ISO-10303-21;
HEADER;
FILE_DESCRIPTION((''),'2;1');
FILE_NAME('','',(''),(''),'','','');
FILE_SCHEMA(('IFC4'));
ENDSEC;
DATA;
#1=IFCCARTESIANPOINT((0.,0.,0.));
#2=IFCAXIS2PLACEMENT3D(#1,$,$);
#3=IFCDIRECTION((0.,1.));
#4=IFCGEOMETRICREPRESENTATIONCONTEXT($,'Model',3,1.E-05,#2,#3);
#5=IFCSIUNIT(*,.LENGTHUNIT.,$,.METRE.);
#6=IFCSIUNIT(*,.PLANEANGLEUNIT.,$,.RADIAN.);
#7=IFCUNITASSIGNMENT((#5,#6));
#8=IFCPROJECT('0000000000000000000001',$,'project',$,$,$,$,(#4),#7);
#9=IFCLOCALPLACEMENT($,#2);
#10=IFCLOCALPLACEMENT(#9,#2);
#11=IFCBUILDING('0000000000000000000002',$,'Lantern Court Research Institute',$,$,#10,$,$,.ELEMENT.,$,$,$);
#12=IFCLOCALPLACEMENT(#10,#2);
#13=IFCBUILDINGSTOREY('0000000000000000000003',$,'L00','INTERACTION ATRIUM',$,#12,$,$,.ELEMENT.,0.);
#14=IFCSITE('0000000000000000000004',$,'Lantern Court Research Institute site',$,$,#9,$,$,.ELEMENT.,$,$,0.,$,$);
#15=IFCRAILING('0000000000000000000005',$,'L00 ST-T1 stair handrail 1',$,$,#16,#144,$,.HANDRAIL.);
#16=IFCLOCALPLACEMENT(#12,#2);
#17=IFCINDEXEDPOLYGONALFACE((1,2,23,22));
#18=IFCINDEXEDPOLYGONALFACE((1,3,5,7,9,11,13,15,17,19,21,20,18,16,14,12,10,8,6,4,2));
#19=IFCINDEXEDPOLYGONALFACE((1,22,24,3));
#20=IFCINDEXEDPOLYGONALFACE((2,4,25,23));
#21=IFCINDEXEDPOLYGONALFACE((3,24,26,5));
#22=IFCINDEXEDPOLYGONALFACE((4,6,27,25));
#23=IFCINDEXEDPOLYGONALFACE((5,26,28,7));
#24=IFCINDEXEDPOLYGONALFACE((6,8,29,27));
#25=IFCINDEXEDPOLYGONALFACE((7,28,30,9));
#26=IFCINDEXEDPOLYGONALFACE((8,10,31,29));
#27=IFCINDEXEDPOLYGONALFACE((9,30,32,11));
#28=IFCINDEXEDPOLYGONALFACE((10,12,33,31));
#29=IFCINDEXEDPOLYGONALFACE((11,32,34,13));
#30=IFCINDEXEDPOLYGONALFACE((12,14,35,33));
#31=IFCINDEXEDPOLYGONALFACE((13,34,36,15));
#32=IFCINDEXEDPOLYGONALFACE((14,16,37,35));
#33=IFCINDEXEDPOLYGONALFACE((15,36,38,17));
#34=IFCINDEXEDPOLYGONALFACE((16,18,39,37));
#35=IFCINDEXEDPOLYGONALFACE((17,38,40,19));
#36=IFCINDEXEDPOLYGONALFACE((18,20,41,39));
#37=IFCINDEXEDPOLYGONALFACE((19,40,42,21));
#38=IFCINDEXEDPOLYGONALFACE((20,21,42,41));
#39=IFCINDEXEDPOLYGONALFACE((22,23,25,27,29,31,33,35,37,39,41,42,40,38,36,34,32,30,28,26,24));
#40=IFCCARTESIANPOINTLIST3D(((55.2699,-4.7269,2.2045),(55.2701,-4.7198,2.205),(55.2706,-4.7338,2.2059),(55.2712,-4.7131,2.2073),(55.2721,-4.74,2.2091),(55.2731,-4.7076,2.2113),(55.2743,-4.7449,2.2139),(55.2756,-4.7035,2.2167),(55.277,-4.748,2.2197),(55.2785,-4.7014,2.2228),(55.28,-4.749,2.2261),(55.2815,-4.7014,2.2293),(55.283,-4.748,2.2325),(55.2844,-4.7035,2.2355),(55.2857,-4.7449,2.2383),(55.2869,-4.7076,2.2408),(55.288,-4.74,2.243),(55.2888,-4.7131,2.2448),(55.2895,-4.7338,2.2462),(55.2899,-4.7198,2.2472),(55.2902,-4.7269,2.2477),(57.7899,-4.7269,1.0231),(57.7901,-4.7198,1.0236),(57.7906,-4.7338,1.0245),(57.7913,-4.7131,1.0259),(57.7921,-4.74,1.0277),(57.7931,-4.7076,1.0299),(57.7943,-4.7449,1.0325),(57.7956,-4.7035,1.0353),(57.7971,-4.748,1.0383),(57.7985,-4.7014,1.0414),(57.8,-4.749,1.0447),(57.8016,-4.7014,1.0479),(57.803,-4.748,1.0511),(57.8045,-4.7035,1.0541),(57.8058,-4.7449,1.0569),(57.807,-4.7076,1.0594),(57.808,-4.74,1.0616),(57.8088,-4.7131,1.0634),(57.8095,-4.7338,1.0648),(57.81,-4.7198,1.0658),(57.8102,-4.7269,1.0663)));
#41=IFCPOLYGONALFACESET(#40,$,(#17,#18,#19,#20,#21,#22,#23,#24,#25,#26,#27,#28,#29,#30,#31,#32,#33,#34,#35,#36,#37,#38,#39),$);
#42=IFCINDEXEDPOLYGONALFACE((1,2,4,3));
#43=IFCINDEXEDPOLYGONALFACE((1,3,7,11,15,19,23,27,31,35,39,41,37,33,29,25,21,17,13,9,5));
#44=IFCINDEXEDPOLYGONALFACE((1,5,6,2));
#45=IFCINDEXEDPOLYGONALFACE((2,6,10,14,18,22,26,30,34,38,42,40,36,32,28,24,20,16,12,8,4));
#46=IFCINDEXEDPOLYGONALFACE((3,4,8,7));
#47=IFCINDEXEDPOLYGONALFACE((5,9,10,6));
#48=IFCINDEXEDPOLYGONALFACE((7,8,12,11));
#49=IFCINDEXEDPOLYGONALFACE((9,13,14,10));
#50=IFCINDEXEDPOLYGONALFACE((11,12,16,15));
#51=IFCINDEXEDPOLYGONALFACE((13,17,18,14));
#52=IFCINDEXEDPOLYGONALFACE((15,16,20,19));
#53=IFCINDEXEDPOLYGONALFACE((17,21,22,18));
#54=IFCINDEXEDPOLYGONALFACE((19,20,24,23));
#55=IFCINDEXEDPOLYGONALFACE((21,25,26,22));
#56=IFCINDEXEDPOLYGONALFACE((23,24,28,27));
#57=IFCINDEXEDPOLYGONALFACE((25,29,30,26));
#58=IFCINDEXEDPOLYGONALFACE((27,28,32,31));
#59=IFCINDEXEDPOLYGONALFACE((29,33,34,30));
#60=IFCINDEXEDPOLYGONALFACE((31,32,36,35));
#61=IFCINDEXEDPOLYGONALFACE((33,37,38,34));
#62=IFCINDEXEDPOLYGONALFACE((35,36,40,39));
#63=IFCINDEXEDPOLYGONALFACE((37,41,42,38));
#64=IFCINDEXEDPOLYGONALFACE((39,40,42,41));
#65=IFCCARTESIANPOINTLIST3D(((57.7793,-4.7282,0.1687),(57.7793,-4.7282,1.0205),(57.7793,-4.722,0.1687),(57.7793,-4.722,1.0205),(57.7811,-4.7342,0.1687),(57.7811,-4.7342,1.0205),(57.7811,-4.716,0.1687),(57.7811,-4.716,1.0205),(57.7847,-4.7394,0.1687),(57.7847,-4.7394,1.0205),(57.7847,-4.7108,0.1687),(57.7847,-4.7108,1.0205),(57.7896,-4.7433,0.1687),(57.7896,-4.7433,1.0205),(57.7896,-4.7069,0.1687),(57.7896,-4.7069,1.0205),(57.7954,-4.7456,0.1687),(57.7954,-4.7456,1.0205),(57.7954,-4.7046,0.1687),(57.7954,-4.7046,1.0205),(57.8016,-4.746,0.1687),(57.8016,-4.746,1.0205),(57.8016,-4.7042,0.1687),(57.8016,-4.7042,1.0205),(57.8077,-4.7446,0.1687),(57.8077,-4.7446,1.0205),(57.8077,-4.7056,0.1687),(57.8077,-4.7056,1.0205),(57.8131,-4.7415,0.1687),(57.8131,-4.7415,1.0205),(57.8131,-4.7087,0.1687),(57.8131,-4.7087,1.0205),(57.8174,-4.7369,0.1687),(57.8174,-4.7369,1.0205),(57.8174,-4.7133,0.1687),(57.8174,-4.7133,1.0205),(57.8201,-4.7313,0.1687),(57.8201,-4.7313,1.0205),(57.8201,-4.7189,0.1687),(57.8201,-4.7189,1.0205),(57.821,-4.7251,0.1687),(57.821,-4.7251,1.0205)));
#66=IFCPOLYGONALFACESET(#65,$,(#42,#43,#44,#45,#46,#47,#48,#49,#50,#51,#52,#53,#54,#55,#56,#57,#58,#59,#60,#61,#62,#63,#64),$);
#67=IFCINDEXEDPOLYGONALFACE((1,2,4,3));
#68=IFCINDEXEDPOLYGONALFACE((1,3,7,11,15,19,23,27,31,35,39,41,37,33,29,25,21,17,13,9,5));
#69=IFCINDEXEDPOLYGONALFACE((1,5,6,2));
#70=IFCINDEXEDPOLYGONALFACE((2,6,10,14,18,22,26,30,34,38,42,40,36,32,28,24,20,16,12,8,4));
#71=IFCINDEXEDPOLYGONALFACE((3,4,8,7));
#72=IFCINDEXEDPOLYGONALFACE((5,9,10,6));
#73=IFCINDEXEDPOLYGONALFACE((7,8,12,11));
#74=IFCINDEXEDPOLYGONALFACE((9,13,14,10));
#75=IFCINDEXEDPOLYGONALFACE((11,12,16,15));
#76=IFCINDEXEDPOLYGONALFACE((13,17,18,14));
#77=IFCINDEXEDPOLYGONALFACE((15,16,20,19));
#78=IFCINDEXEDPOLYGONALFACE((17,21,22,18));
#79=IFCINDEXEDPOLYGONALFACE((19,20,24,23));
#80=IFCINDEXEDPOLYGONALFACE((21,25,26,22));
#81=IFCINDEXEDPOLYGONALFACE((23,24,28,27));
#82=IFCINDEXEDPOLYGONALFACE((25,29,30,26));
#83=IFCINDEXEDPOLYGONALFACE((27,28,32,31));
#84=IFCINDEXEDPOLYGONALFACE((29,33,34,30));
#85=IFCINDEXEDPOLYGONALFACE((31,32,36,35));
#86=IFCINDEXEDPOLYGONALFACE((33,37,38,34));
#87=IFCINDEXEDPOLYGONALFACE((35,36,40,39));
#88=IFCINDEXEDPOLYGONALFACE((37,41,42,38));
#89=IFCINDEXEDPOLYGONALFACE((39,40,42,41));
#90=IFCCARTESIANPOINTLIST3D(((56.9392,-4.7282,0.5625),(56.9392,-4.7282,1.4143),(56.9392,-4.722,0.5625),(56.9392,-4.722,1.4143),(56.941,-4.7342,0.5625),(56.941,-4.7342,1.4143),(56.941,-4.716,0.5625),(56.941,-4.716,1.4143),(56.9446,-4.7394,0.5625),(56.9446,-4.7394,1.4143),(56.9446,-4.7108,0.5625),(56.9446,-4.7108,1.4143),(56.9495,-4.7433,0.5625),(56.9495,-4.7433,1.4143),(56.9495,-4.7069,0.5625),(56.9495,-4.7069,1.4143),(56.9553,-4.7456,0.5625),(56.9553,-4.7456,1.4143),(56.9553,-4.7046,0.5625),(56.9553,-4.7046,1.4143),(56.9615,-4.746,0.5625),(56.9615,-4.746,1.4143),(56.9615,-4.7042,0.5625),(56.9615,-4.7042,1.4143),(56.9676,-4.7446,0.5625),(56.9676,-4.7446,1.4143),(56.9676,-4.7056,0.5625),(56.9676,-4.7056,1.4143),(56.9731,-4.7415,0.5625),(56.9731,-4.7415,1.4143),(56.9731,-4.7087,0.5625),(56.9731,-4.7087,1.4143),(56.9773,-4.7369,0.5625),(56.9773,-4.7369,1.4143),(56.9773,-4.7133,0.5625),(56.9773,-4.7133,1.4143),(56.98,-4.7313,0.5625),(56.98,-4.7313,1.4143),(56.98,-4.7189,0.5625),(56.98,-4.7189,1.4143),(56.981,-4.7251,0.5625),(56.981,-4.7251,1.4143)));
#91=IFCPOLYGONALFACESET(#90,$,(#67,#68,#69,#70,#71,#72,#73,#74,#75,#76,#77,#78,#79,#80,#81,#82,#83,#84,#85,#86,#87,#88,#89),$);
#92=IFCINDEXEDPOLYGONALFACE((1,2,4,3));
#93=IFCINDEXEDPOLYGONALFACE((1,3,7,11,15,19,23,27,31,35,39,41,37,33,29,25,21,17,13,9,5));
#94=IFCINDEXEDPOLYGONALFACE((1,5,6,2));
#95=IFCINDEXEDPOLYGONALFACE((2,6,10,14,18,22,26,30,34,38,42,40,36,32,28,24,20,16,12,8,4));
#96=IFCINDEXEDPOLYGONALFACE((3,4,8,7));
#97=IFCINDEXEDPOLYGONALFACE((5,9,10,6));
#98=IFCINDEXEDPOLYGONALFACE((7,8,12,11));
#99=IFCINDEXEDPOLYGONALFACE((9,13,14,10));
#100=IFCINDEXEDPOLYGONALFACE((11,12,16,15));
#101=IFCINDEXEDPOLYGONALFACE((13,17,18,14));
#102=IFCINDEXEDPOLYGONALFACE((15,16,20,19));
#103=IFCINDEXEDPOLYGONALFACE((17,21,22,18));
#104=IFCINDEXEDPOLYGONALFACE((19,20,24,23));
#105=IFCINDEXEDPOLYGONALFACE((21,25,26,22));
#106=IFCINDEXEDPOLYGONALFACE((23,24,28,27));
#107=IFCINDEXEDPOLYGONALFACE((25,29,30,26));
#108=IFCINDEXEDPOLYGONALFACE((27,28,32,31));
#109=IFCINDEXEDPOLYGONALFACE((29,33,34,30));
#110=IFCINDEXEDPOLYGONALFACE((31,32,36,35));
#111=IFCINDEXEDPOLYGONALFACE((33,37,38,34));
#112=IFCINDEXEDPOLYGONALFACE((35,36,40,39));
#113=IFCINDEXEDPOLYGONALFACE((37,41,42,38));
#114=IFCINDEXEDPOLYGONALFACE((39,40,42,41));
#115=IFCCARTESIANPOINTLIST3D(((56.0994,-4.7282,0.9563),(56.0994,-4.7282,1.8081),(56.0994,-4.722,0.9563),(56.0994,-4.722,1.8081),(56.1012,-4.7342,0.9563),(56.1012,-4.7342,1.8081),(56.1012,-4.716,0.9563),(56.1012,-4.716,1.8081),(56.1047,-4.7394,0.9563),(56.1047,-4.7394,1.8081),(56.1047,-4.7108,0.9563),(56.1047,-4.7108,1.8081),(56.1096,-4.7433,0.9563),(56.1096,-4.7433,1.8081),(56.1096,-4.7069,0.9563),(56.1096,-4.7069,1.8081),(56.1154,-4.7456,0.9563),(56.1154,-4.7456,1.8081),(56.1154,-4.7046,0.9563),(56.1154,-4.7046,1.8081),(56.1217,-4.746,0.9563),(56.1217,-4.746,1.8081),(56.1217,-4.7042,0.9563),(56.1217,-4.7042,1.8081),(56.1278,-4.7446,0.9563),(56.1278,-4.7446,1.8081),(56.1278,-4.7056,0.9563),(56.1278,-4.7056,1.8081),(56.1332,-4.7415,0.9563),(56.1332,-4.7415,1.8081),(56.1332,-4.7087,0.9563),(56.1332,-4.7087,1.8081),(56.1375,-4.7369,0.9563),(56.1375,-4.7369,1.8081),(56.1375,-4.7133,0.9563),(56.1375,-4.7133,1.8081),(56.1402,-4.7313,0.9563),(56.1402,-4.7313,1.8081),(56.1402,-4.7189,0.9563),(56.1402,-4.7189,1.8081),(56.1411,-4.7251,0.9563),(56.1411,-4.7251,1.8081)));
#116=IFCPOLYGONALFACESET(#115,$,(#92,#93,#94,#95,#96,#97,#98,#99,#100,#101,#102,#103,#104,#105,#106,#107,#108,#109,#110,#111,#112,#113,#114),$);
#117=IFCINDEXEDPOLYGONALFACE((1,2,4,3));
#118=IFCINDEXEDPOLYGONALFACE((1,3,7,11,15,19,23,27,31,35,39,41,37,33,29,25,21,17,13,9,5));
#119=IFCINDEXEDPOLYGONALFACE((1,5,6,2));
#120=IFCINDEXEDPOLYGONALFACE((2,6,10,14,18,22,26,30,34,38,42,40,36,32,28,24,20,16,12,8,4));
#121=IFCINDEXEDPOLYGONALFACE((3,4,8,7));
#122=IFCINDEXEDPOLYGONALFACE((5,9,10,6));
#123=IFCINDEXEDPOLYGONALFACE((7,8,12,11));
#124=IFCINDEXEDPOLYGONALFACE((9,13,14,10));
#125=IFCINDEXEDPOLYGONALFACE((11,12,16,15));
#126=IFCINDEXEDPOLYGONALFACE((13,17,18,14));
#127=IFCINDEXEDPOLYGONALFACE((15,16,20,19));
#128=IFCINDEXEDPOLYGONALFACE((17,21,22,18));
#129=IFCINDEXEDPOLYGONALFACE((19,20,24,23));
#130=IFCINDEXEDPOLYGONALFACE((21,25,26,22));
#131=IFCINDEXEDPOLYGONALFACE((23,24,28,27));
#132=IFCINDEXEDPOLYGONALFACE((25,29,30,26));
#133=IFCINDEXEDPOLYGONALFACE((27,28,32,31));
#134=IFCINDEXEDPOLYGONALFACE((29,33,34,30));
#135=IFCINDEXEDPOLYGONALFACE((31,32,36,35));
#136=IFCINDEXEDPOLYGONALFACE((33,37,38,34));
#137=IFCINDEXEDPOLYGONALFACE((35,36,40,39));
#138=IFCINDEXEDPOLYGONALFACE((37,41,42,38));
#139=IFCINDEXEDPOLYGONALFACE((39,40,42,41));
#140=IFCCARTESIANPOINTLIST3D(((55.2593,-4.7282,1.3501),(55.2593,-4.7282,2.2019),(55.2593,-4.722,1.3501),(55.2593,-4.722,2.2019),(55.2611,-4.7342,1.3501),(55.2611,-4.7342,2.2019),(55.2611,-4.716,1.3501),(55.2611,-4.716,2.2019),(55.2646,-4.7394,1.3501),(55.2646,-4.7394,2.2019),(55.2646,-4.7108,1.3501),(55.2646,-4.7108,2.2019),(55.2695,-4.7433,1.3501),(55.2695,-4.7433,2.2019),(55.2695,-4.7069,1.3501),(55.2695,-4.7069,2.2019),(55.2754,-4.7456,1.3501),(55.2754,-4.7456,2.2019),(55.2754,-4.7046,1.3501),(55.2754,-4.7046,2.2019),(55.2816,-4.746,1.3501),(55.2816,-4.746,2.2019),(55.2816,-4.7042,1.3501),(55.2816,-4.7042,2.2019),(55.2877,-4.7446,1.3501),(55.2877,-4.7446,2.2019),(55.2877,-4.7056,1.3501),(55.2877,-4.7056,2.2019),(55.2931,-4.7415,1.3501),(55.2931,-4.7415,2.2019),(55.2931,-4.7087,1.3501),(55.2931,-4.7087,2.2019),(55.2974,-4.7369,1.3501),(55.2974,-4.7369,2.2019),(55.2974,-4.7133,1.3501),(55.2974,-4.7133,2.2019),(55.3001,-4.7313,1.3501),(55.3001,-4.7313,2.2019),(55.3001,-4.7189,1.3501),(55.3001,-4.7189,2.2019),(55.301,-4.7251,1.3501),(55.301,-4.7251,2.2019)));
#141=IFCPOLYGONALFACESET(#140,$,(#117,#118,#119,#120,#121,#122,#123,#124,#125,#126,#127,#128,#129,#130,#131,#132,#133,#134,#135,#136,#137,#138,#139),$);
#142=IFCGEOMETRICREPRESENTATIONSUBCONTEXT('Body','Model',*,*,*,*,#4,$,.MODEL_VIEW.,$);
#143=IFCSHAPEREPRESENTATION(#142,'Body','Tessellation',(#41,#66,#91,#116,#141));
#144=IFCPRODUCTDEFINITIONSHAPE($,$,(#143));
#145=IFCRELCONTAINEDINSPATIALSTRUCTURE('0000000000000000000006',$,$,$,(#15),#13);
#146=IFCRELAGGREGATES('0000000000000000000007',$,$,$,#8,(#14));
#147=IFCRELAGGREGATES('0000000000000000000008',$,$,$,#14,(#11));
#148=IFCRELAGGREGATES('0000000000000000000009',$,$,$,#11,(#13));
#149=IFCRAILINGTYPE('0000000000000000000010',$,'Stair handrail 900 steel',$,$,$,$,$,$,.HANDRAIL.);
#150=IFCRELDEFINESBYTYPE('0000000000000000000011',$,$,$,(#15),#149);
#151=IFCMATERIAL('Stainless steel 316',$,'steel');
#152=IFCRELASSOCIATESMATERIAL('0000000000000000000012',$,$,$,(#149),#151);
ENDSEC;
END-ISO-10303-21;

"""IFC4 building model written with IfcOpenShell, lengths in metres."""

from ifc_helpers import new_model, si_unit, direction, frame, origin, origin_2d, place, context, subcontext, project, spatial, circle, extrude, material, type_object, element, save


model = new_model("IFC4")

# Units and contexts
model_context = context("Model", 3, precision=1e-05, world=origin(), true_north=direction((0.0, 1.0)))
body_context = subcontext(model_context, "Body", "Model", "MODEL_VIEW")
ifc_project = project(units=[si_unit("LENGTHUNIT", "METRE"), si_unit("PLANEANGLEUNIT", "RADIAN")], contexts=[model_context])

# Site, building, storey
site_placement = place(None, origin())
site = spatial("IfcSite", under=ifc_project, at=site_placement, Name="Lantern Court Research Institute site", CompositionType="ELEMENT", RefElevation=0.0)
building_placement = place(site_placement, origin())
building = spatial("IfcBuilding", under=site, at=building_placement, Name="Lantern Court Research Institute", CompositionType="ELEMENT")
storey_placement = place(building_placement, origin())
storey = spatial("IfcBuildingStorey", under=building, at=storey_placement, Name="L00", Description="INTERACTION ATRIUM", CompositionType="ELEMENT", Elevation=0.0)

# Railing
ifc_material_1 = material(Name="Stainless steel 316", Category="steel")
railing_type_1 = type_object("IfcRailingType", Name="Stair handrail 900 steel", PredefinedType="HANDRAIL", material=ifc_material_1)
for number, where, name in (
    (1, (57.8, -4.7251, 0.1687), "L00 ST-T1 stair handrail 1"),
):
    element("IfcRailing", number, at=place(storey_placement, frame(where)), inside=storey, type_object=railing_type_1, Name=name, PredefinedType="HANDRAIL", context=body_context, shape_type="SweptSolid", body=[
        extrude(circle(Radius=0.0239, at=origin_2d()), frame((0.0, 0.0, 0.876), z_axis=(-0.90544, 0.0, 0.424474), x_axis=(0.0, -1.0, 0.0)), (0.0, 0.0, 1.0), 2.7832),
        extrude(circle(Radius=0.021, at=origin_2d()), origin(), (0.0, 0.0, 1.0), 0.8518),
        extrude(circle(Radius=0.021, at=origin_2d()), frame((-0.8401, 0.0, 0.3938)), (0.0, 0.0, 1.0), 0.8518),
        extrude(circle(Radius=0.021, at=origin_2d()), frame((-1.6799, 0.0, 0.7876)), (0.0, 0.0, 1.0), 0.8518),
        extrude(circle(Radius=0.021, at=origin_2d()), frame((-2.52, 0.0, 1.1814)), (0.0, 0.0, 1.0), 0.8518),
    ])

save(model, "model.ifc")
